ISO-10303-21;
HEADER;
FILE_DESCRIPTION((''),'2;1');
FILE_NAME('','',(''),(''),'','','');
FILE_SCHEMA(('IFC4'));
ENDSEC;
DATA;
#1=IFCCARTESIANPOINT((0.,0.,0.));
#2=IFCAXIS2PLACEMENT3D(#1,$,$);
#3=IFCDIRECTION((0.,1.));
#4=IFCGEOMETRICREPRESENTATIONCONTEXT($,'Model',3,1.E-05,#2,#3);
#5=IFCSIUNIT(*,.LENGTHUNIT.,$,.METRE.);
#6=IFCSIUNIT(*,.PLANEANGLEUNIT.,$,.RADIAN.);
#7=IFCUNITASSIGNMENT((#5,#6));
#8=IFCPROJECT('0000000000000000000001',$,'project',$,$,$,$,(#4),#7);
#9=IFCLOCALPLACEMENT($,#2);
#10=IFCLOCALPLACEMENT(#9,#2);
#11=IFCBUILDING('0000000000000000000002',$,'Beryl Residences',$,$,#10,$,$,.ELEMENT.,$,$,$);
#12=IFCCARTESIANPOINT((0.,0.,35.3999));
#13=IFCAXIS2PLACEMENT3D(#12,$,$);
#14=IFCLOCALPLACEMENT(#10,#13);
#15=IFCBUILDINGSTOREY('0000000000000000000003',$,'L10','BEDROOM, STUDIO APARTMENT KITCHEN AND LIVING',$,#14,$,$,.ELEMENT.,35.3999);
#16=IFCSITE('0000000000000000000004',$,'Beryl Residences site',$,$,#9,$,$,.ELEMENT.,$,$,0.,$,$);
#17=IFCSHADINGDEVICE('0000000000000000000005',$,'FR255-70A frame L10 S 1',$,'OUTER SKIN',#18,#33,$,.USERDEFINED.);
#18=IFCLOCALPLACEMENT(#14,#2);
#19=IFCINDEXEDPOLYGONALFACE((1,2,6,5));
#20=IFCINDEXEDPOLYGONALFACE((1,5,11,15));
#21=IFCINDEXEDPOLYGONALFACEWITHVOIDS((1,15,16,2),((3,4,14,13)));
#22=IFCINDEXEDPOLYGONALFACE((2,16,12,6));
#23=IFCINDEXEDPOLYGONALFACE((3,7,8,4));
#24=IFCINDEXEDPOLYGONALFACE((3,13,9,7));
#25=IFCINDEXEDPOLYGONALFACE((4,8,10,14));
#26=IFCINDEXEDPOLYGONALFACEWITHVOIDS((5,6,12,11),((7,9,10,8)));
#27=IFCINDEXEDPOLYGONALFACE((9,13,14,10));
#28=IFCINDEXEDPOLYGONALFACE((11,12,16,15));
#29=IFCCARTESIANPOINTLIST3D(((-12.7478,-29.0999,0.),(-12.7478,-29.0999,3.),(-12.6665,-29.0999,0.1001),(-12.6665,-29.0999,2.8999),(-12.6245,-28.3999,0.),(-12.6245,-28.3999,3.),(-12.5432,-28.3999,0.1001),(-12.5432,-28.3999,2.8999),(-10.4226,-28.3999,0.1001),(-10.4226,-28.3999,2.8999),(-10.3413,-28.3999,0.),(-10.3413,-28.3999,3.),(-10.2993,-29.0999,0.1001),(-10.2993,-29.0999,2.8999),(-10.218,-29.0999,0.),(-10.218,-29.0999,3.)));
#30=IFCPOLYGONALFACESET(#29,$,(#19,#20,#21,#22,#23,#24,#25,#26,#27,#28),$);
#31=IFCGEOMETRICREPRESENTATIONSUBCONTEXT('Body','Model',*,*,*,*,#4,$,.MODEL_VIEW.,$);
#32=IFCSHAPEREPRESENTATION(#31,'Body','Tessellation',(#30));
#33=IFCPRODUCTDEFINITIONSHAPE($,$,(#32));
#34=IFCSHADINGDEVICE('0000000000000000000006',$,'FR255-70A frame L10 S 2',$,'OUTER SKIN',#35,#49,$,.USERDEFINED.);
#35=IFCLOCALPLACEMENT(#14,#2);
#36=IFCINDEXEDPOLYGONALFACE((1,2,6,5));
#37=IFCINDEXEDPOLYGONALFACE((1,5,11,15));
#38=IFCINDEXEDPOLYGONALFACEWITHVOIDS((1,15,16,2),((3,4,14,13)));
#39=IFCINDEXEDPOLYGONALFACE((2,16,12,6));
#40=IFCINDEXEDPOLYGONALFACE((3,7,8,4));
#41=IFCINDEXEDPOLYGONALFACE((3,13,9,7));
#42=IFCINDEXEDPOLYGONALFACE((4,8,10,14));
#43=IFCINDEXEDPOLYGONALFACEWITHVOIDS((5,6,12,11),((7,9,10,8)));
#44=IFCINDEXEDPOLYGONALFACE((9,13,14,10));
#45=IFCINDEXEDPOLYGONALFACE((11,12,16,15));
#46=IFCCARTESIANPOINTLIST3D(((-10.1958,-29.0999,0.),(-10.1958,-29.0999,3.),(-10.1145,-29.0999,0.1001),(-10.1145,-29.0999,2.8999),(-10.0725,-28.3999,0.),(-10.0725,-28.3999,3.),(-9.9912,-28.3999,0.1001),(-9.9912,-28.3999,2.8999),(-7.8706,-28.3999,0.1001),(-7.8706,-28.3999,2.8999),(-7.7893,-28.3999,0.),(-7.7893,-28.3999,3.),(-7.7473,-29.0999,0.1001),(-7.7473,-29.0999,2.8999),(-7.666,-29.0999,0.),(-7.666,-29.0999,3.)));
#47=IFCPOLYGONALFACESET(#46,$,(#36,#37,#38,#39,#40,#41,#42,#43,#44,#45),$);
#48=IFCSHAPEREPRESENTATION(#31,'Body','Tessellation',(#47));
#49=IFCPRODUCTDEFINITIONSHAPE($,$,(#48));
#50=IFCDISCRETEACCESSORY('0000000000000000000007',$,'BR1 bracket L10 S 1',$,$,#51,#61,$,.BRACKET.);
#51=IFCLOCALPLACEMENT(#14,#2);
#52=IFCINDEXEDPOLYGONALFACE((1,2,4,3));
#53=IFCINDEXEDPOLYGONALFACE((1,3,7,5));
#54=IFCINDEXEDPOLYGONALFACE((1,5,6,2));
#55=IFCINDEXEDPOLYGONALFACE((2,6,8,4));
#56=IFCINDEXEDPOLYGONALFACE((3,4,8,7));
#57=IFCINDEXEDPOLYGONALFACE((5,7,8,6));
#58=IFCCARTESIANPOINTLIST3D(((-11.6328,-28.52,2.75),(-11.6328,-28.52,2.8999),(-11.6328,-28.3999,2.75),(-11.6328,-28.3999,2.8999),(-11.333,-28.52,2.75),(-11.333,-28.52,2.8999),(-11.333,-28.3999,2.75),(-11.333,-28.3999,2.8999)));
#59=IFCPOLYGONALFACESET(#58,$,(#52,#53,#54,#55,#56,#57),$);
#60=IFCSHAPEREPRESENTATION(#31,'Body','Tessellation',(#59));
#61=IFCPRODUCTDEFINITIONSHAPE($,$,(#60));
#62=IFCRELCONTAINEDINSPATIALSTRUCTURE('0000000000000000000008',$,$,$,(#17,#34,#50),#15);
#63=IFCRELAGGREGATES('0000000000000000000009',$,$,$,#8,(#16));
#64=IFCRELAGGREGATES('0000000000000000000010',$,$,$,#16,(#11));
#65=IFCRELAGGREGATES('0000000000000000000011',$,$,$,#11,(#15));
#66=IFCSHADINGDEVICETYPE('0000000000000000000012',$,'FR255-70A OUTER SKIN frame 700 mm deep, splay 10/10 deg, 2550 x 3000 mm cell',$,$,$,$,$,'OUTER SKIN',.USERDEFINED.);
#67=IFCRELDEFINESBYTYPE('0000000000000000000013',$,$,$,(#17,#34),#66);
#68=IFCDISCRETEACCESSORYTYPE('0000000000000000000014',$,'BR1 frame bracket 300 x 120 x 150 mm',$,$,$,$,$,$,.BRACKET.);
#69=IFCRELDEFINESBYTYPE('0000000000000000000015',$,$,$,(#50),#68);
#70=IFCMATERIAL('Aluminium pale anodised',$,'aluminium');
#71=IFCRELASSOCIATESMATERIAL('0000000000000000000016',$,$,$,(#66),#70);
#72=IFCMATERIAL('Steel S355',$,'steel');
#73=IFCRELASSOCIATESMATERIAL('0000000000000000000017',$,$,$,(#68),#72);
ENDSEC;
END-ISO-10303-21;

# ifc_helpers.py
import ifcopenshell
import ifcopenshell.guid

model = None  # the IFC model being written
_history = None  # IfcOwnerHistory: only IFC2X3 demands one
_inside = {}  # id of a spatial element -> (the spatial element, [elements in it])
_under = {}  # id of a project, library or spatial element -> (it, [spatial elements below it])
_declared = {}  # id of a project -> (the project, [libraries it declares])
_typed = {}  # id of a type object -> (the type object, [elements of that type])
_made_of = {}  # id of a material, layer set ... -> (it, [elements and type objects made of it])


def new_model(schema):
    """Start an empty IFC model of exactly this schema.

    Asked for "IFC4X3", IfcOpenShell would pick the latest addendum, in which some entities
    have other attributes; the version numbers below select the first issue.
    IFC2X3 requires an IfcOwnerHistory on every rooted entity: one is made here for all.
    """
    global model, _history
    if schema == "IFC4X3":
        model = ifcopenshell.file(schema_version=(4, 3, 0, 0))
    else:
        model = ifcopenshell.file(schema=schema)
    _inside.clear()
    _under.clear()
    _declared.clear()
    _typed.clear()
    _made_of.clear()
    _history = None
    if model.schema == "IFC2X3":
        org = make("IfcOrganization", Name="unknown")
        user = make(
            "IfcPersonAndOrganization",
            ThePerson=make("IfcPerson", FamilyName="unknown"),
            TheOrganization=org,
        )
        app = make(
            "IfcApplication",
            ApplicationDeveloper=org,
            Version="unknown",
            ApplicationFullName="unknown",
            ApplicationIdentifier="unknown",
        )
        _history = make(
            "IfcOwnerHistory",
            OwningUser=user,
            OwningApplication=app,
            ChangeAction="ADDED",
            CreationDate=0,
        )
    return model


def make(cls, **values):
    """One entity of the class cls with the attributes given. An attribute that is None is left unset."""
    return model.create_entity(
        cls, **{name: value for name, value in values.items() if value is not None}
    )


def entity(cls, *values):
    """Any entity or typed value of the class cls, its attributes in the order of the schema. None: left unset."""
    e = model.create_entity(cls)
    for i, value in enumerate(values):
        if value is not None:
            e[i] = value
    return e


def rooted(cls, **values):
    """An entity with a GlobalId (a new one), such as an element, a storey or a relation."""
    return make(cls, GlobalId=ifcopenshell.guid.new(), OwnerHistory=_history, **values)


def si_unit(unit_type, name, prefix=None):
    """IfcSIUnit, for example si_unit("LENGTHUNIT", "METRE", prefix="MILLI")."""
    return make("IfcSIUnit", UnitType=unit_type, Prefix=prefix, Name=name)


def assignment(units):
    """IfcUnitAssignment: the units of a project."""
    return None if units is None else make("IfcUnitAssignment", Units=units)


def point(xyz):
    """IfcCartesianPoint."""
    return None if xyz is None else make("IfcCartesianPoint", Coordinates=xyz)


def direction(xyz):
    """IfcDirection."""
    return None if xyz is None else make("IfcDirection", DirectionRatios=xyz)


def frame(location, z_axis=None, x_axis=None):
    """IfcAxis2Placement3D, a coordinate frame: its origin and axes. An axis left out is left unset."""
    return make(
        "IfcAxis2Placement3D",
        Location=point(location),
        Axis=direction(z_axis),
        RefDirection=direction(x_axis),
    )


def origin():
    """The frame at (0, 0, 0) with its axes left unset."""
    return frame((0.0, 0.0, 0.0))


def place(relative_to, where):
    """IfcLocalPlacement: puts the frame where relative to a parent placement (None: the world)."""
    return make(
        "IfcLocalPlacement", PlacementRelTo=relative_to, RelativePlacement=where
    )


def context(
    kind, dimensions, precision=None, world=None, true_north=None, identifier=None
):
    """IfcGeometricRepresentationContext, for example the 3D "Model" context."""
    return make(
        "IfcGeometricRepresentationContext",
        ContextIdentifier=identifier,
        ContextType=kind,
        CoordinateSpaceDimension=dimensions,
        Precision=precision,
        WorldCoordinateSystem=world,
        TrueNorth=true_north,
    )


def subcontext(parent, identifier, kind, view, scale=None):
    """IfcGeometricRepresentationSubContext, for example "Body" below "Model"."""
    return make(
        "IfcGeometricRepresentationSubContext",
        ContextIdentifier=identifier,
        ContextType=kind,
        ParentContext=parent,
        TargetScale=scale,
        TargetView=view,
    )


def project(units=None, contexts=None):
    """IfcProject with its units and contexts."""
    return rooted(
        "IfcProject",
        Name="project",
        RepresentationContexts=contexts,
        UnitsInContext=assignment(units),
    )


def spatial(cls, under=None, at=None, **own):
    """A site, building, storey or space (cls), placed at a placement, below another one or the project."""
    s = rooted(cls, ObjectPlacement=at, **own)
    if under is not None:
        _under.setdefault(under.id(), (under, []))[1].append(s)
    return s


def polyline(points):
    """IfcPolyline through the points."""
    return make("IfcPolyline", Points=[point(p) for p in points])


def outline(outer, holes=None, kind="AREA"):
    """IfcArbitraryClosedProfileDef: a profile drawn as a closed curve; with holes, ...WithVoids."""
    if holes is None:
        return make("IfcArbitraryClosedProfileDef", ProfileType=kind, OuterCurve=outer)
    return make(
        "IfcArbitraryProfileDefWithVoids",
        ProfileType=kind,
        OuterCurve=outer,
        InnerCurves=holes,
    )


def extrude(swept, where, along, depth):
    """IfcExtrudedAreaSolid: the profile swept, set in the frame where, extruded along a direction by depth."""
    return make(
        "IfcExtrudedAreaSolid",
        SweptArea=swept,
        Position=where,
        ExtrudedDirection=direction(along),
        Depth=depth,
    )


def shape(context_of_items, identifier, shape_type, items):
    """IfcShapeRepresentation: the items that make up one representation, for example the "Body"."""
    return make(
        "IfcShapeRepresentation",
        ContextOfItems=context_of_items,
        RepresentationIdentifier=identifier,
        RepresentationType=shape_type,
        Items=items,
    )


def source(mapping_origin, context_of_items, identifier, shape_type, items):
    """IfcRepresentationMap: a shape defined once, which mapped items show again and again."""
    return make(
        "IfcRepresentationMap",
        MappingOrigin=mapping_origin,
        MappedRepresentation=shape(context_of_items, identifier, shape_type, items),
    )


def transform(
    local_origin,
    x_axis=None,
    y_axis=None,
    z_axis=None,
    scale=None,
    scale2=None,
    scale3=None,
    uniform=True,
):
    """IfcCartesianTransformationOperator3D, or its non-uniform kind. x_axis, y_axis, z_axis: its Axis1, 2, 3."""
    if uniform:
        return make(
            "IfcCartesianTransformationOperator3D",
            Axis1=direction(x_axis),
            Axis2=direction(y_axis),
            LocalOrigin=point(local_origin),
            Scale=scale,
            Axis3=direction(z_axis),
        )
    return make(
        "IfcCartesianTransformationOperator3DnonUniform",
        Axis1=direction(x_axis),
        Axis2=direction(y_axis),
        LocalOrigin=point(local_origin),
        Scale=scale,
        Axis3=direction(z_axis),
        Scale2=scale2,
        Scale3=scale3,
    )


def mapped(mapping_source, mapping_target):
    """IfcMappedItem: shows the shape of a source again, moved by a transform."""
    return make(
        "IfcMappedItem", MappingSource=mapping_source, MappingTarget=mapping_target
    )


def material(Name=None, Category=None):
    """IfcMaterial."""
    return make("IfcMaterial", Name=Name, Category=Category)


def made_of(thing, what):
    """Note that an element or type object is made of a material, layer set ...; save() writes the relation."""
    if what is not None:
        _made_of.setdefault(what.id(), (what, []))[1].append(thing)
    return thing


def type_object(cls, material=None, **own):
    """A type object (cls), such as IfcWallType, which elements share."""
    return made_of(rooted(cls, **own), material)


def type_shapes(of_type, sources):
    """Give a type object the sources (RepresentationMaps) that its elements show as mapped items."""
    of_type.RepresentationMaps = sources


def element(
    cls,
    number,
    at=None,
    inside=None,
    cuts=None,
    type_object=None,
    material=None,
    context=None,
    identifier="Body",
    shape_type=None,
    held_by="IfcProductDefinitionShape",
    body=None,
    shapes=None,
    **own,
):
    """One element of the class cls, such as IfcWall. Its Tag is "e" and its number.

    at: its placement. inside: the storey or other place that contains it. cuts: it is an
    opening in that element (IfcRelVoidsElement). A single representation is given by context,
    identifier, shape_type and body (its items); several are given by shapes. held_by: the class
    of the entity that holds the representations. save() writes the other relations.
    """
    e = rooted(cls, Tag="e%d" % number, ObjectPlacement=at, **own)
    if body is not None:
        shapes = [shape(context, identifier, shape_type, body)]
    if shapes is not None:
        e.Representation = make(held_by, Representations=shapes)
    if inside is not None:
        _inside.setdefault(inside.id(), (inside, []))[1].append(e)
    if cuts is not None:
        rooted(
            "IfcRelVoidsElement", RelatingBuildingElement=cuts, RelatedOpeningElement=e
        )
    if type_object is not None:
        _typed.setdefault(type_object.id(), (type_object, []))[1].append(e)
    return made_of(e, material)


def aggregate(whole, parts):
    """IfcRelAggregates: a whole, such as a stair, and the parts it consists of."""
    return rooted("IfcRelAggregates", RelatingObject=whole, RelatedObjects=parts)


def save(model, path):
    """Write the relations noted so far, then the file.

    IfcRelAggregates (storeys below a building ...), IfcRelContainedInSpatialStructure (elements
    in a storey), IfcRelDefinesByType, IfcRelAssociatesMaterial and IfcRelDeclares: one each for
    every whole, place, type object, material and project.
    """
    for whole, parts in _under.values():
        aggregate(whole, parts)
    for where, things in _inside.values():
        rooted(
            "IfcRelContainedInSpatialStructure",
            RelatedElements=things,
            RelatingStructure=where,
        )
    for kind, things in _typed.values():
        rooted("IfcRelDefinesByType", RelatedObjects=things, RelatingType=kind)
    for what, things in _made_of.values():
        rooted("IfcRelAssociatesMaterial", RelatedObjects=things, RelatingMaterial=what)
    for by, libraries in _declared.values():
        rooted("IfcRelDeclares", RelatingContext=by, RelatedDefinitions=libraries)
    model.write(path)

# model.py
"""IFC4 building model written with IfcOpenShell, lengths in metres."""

from ifc_helpers import new_model, entity, si_unit, direction, frame, origin, place, context, subcontext, project, spatial, polyline, outline, extrude, source, transform, mapped, material, type_object, type_shapes, element, save


model = new_model("IFC4")

# Units and contexts
model_context = context("Model", 3, precision=1e-05, world=origin(), true_north=direction((0.0, 1.0)))
body_context = subcontext(model_context, "Body", "Model", "MODEL_VIEW")
ifc_project = project(units=[si_unit("LENGTHUNIT", "METRE"), si_unit("PLANEANGLEUNIT", "RADIAN")], contexts=[model_context])

# Site, building, storey
site_placement = place(None, origin())
site = spatial("IfcSite", under=ifc_project, at=site_placement, Name="Beryl Residences site", CompositionType="ELEMENT", RefElevation=0.0)
building_placement = place(site_placement, origin())
building = spatial("IfcBuilding", under=site, at=building_placement, Name="Beryl Residences", CompositionType="ELEMENT")
storey_placement = place(building_placement, frame((0.0, 0.0, 35.3999)))
storey = spatial("IfcBuildingStorey", under=building, at=storey_placement, Name="L10", Description="BEDROOM, STUDIO APARTMENT KITCHEN AND LIVING", CompositionType="ELEMENT", Elevation=35.3999)

# Shading devices
ifc_material_1 = material(Name="Aluminium pale anodised", Category="aluminium")
shading_device_type_1 = type_object("IfcShadingDeviceType", Name="FR255-70A OUTER SKIN frame 700 mm deep, splay 10/10 deg, 2550 x 3000 mm cell", ElementType="OUTER SKIN", PredefinedType="USERDEFINED", material=ifc_material_1)
cartesian_point_1 = entity("IfcCartesianPoint", [-1.1416, 0.0])
cartesian_point_2 = entity("IfcCartesianPoint", [-1.0603, 0.1001])
cartesian_point_3 = entity("IfcCartesianPoint", [-1.2649, 0.0])
cartesian_point_4 = entity("IfcCartesianPoint", [-1.1836, 0.1001])
shared_shape_1 = source(origin(), body_context, "Body", "SweptSolid", [
    entity("IfcExtrudedAreaSolidTapered", entity("IfcArbitraryProfileDefWithVoids", "AREA", None, entity("IfcPolyline", [cartesian_point_1, entity("IfcCartesianPoint", [1.1416, 0.0]), entity("IfcCartesianPoint", [1.1416, 3.0]), entity("IfcCartesianPoint", [-1.1416, 3.0]), cartesian_point_1]), [entity("IfcPolyline", [cartesian_point_2, entity("IfcCartesianPoint", [1.0603, 0.1001]), entity("IfcCartesianPoint", [1.0603, 2.8999]), entity("IfcCartesianPoint", [-1.0603, 2.8999]), cartesian_point_2])]), entity("IfcAxis2Placement3D", entity("IfcCartesianPoint", [0.0, 0.0, 0.0]), entity("IfcDirection", [0.0, 1.0, 0.0]), entity("IfcDirection", [-1.0, 0.0, 0.0])), entity("IfcDirection", [0.0, 0.0, 1.0]), 0.7, entity("IfcArbitraryProfileDefWithVoids", "AREA", None, entity("IfcPolyline", [cartesian_point_3, entity("IfcCartesianPoint", [1.2649, 0.0]), entity("IfcCartesianPoint", [1.2649, 3.0]), entity("IfcCartesianPoint", [-1.2649, 3.0]), cartesian_point_3]), [entity("IfcPolyline", [cartesian_point_4, entity("IfcCartesianPoint", [1.1836, 0.1001]), entity("IfcCartesianPoint", [1.1836, 2.8999]), entity("IfcCartesianPoint", [-1.1836, 2.8999]), cartesian_point_4])])),
])
type_shapes(shading_device_type_1, [shared_shape_1])
for number, where, z_axis, x_axis, name in (
    (1, (-11.4829, -28.3999, 0.0), (0.0, 0.0, 1.0), (-1.0, 0.0, 0.0), "FR255-70A frame L10 S 1"),
    (2, (-8.9309, -28.3999, 0.0), (0.0, 0.0, 1.0), (-1.0, 0.0, 0.0), "FR255-70A frame L10 S 2"),
):
    element("IfcShadingDevice", number, at=place(storey_placement, frame(where, z_axis=z_axis, x_axis=x_axis)), inside=storey, type_object=shading_device_type_1, Name=name, ObjectType="OUTER SKIN", PredefinedType="USERDEFINED", context=body_context, shape_type="MappedRepresentation", body=[
        mapped(shared_shape_1, transform((0.0, 0.0, 0.0))),
    ])

# Discrete accessory
ifc_material_2 = material(Name="Steel S355", Category="steel")
discrete_accessory_type = type_object("IfcDiscreteAccessoryType", Name="BR1 frame bracket 300 x 120 x 150 mm", PredefinedType="BRACKET", material=ifc_material_2)
shared_shape_2 = source(origin(), body_context, "Body", "SweptSolid", [
    extrude(outline(polyline([(-0.1499, 0.0), (0.1499, 0.0), (0.1499, 0.1201), (-0.1499, 0.1201), (-0.1499, 0.0)])), origin(), (0.0, 0.0, 1.0), 0.1499),
])
type_shapes(discrete_accessory_type, [shared_shape_2])
discrete_accessory_placement = place(storey_placement, frame((-11.4829, -28.3999, 2.75), z_axis=(0.0, 0.0, 1.0), x_axis=(-1.0, 0.0, 0.0)))
element("IfcDiscreteAccessory", 3, at=discrete_accessory_placement, inside=storey, type_object=discrete_accessory_type, Name="BR1 bracket L10 S 1", PredefinedType="BRACKET", context=body_context, shape_type="MappedRepresentation", body=[
    mapped(shared_shape_2, transform((0.0, 0.0, 0.0))),
])

save(model, "model.ifc")
